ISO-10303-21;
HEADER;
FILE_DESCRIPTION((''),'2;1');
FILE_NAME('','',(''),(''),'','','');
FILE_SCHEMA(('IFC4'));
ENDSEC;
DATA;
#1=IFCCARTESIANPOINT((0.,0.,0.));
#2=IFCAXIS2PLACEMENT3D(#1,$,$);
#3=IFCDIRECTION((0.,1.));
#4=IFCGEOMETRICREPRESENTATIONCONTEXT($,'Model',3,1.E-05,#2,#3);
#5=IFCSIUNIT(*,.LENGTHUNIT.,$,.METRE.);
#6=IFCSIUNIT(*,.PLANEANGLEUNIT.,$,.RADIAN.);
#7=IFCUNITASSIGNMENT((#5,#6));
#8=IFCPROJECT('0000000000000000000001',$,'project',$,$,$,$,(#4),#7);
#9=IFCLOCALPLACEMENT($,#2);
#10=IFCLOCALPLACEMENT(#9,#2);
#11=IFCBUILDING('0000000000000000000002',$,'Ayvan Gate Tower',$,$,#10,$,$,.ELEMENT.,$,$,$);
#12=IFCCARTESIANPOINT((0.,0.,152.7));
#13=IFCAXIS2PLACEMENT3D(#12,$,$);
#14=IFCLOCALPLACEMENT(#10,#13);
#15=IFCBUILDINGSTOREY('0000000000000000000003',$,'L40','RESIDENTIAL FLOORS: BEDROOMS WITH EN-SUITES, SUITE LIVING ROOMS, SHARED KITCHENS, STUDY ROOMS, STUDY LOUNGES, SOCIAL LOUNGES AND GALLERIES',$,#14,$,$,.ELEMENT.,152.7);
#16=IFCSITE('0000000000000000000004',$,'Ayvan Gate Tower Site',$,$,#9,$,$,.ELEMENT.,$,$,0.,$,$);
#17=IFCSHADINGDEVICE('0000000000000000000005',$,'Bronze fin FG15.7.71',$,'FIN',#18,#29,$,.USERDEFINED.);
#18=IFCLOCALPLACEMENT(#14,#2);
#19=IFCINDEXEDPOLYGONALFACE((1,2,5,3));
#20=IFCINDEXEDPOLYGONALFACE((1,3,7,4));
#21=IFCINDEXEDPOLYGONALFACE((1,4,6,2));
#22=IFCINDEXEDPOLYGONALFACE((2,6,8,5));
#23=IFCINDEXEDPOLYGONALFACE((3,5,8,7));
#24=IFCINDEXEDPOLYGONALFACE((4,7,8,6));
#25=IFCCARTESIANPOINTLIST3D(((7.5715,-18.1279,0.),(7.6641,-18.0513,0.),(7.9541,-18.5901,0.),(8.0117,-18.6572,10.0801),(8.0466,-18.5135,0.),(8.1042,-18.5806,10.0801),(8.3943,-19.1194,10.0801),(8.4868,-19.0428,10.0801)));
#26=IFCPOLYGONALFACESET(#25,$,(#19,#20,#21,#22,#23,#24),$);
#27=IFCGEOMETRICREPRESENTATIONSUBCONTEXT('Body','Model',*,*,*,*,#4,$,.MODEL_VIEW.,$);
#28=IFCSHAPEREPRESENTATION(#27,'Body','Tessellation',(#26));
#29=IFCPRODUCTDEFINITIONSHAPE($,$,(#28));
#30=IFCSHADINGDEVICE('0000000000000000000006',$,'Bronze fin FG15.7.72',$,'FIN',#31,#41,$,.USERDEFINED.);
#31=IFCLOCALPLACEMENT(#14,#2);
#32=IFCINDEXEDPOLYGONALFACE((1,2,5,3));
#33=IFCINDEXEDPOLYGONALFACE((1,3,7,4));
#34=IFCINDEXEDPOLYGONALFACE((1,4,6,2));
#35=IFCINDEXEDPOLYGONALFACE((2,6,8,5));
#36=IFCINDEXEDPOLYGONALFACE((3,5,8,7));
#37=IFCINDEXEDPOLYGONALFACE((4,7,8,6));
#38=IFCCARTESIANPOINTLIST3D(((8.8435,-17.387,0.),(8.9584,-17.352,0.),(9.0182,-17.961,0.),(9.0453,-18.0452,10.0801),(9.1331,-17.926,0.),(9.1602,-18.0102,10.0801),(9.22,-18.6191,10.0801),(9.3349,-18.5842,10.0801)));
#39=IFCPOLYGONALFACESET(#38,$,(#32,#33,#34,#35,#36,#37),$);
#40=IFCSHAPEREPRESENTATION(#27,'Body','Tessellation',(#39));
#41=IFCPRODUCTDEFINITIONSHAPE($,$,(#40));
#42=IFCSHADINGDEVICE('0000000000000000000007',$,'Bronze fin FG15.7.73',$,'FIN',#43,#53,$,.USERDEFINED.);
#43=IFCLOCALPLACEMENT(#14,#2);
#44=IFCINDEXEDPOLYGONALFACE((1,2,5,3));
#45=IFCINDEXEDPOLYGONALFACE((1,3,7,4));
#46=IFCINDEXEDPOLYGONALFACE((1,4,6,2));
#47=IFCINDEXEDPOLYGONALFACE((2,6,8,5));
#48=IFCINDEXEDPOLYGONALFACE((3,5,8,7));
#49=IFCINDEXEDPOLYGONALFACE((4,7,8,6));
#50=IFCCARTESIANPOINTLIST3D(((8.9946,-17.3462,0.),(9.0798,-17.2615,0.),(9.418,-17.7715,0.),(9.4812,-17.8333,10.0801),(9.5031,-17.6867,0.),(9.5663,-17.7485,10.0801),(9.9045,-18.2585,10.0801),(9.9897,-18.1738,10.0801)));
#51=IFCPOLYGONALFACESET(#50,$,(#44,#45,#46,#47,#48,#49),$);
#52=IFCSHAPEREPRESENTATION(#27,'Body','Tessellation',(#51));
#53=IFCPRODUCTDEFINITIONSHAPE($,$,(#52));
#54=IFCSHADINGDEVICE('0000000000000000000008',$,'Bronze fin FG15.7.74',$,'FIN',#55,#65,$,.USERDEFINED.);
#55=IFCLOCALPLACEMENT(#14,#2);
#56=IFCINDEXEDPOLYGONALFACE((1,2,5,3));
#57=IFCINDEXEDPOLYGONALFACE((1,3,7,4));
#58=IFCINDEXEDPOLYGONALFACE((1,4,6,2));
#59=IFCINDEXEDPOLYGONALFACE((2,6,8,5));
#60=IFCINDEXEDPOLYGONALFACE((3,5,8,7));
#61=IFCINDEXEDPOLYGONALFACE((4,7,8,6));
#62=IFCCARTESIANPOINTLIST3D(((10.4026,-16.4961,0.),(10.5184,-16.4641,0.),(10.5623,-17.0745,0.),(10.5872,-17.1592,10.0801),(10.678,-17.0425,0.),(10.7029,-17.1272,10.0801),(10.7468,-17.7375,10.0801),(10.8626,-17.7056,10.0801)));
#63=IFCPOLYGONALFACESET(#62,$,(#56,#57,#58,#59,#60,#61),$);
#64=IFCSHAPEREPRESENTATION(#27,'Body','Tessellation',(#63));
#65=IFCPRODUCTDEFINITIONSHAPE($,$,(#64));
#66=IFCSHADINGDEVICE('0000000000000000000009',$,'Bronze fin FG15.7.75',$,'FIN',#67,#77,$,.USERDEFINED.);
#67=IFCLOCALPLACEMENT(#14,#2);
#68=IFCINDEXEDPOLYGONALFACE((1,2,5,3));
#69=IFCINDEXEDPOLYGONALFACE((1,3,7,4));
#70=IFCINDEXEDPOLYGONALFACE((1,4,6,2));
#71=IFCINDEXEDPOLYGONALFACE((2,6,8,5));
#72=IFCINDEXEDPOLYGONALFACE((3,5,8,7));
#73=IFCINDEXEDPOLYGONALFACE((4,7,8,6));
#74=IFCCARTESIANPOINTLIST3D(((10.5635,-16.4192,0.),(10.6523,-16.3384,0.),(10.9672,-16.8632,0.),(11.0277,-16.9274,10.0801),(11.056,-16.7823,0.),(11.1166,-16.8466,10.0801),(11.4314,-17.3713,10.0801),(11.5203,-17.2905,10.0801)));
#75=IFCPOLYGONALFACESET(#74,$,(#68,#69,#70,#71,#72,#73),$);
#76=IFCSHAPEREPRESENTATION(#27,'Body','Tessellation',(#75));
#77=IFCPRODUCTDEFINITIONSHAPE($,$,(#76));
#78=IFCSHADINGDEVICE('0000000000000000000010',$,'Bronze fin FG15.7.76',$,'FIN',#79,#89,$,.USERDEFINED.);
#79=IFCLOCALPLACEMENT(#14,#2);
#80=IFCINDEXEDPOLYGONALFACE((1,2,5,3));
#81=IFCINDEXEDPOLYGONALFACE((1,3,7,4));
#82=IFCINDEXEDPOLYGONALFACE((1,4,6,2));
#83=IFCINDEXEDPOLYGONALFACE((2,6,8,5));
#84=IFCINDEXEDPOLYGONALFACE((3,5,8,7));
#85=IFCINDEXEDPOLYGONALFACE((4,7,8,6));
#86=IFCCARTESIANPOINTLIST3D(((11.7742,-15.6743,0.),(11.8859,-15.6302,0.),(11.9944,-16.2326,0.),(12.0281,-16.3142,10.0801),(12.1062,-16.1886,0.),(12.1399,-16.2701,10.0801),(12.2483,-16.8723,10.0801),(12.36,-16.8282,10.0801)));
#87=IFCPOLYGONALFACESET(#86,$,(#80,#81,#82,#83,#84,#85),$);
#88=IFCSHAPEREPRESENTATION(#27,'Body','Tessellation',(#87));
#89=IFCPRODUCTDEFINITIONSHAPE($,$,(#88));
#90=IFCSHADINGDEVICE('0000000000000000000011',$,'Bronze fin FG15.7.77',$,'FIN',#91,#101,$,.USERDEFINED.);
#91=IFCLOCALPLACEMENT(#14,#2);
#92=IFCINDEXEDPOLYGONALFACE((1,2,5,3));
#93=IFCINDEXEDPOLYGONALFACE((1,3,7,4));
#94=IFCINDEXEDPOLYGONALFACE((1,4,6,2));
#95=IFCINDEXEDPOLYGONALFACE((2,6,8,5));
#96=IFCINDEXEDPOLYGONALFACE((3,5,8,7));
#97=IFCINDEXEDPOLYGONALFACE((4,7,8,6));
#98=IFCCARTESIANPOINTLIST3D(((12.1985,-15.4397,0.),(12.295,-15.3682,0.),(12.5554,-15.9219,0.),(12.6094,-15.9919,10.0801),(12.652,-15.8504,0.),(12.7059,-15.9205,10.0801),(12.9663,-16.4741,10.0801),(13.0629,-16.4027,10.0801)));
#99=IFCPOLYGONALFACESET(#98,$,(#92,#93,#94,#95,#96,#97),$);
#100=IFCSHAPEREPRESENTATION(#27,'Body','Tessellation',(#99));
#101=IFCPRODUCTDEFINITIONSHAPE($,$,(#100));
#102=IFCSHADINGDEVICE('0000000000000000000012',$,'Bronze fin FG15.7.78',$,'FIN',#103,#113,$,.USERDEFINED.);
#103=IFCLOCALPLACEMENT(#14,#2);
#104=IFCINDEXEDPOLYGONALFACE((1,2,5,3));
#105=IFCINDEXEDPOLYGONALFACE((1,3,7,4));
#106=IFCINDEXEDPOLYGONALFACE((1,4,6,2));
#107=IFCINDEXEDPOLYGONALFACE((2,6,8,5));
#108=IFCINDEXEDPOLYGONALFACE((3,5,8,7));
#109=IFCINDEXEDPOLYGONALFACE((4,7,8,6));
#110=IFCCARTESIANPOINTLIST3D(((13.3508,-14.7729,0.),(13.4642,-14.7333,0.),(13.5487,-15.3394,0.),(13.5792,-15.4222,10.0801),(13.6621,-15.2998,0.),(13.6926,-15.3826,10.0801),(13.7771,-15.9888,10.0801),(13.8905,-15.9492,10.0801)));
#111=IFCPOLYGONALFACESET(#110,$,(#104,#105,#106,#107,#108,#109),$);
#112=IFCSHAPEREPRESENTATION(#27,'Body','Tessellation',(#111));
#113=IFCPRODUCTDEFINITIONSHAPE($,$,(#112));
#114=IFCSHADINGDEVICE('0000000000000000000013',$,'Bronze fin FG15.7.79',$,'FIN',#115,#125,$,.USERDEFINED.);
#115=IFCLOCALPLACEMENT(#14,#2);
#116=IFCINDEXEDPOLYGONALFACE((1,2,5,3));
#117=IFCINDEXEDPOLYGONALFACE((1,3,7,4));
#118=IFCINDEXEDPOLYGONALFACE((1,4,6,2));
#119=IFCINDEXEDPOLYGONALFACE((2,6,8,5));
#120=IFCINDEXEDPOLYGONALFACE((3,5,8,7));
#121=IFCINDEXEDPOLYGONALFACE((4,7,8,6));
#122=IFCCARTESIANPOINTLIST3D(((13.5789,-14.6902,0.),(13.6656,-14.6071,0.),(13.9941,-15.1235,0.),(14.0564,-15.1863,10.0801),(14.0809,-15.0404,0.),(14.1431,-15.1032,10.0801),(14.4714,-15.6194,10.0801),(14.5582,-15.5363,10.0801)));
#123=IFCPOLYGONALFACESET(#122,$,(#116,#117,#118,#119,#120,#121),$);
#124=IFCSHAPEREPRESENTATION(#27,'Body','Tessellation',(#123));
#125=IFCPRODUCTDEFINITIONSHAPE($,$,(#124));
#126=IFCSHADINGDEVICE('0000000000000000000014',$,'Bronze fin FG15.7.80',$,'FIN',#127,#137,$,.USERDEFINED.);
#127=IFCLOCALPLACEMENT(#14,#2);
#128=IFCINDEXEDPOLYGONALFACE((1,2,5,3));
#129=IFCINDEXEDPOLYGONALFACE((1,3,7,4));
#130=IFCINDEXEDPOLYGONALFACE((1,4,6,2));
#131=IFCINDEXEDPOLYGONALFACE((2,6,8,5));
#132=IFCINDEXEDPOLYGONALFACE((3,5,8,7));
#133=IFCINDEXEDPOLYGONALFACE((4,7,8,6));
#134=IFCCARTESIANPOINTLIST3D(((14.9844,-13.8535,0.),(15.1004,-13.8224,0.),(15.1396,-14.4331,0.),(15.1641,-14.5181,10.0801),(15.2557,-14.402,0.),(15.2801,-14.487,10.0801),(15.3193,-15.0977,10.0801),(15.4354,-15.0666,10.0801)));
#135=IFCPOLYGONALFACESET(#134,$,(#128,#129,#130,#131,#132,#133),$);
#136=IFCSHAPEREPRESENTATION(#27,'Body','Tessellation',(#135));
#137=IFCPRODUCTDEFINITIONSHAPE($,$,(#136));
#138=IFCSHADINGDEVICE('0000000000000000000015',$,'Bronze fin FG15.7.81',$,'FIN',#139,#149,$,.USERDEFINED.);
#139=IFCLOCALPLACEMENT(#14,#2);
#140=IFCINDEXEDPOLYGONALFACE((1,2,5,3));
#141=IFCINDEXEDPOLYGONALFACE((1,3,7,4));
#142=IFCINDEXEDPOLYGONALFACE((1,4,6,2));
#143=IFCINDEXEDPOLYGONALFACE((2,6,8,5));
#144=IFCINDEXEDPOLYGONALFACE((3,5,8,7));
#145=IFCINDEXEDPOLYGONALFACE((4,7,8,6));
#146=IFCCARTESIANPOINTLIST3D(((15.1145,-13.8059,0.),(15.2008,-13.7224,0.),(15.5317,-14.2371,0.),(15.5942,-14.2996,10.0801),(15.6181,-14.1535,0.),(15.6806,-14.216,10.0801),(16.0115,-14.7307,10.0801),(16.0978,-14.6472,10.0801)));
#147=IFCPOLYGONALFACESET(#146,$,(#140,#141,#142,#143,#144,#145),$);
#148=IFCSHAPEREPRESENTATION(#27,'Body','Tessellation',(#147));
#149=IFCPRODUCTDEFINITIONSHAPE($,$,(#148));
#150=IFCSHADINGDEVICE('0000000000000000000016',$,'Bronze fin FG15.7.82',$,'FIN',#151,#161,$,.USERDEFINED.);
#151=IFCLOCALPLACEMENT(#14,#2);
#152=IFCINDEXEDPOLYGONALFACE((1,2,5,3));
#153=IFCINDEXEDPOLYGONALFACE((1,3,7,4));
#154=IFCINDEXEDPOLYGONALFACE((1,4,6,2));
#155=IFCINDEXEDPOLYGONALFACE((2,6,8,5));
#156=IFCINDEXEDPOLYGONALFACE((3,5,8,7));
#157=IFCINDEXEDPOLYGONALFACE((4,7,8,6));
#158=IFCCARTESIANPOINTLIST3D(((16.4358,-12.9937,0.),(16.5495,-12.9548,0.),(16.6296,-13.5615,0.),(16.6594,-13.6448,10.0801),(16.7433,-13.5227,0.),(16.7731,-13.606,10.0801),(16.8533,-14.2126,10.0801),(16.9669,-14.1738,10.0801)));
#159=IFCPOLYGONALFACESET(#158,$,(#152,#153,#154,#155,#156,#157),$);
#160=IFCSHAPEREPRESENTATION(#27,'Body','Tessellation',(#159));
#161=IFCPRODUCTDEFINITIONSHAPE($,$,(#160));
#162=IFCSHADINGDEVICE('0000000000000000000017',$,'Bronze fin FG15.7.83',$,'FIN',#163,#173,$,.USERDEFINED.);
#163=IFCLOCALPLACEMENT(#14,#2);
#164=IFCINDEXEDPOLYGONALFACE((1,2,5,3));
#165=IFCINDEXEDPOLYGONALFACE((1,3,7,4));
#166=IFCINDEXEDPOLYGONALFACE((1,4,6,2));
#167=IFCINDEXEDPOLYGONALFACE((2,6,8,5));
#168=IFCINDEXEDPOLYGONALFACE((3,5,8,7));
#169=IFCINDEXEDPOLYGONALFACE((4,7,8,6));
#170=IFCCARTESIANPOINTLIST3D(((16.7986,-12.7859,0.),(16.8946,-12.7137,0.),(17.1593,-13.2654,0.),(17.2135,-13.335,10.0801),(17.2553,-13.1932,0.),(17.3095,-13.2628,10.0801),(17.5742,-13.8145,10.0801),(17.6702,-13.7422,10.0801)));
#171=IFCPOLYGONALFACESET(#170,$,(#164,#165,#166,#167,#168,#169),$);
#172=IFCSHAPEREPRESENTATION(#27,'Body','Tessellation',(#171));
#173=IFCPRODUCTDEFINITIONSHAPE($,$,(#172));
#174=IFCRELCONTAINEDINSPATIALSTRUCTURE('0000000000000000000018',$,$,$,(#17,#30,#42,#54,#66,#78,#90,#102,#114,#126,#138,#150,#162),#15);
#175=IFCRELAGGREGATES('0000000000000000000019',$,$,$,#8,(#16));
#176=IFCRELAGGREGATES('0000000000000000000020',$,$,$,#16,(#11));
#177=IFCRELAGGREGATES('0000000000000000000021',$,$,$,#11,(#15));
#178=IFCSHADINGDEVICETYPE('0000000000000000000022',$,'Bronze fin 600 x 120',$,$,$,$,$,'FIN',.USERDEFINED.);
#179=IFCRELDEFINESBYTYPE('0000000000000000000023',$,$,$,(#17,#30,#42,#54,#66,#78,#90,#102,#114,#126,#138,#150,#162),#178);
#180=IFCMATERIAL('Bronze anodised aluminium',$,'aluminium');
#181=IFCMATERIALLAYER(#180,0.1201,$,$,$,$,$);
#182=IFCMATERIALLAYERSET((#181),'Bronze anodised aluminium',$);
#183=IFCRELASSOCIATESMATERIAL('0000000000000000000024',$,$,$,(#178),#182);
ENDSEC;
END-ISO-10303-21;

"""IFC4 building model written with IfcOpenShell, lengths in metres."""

from ifc_helpers import new_model, si_unit, direction, frame, origin, place, context, subcontext, project, spatial, polyline, outline, extrude, material, layer, layer_set, type_object, element, save


model = new_model("IFC4")

# Units and contexts
model_context = context("Model", 3, precision=1e-05, world=origin(), true_north=direction((0.0, 1.0)))
body_context = subcontext(model_context, "Body", "Model", "MODEL_VIEW")
ifc_project = project(units=[si_unit("LENGTHUNIT", "METRE"), si_unit("PLANEANGLEUNIT", "RADIAN")], contexts=[model_context])

# Site, building, storey
site_placement = place(None, origin())
site = spatial("IfcSite", under=ifc_project, at=site_placement, Name="Ayvan Gate Tower Site", CompositionType="ELEMENT", RefElevation=0.0)
building_placement = place(site_placement, origin())
building = spatial("IfcBuilding", under=site, at=building_placement, Name="Ayvan Gate Tower", CompositionType="ELEMENT")
storey_placement = place(building_placement, frame((0.0, 0.0, 152.7)))
storey = spatial("IfcBuildingStorey", under=building, at=storey_placement, Name="L40", Description="RESIDENTIAL FLOORS: BEDROOMS WITH EN-SUITES, SUITE LIVING ROOMS, SHARED KITCHENS, STUDY ROOMS, STUDY LOUNGES, SOCIAL LOUNGES AND GALLERIES", CompositionType="ELEMENT", Elevation=152.7)

# Shared definitions
ifc_material_1 = material(Name="Bronze anodised aluminium", Category="aluminium")

# Shading devices
ifc_layer_1 = layer(ifc_material_1, 0.1201)
ifc_layer_set_1 = layer_set([ifc_layer_1], Name="Bronze anodised aluminium")
shading_device_type = type_object("IfcShadingDeviceType", Name="Bronze fin 600 x 120", ElementType="FIN", PredefinedType="USERDEFINED", material=ifc_layer_set_1)
shading_device_1_placement = place(storey_placement, frame((7.5715, -18.1279, 0.0), z_axis=(-0.770318, -0.637659, 0.000156), x_axis=(0.637659, -0.770319, 0.0)))
element("IfcShadingDevice", 1, at=shading_device_1_placement, inside=storey, type_object=shading_device_type, Name="Bronze fin FG15.7.71", ObjectType="FIN", PredefinedType="USERDEFINED", context=body_context, shape_type="SweptSolid", body=[
    extrude(outline(polyline([(0.0, 0.0), (0.6, 0.0), (1.2884, 10.0801), (0.6884, 10.0801), (0.0, 0.0)])), origin(), (0.0, 0.0, -1.0), 0.1201),
])
shading_device_2_placement = place(storey_placement, frame((8.8435, -17.387, 0.0), z_axis=(-0.956676, -0.291154, 0.000139), x_axis=(0.291154, -0.956676, 0.0)))
element("IfcShadingDevice", 2, at=shading_device_2_placement, inside=storey, type_object=shading_device_type, Name="Bronze fin FG15.7.72", ObjectType="FIN", PredefinedType="USERDEFINED", context=body_context, shape_type="SweptSolid", body=[
    extrude(outline(polyline([(0.0, 0.0), (0.6, 0.0), (1.2884, 10.0801), (0.6885, 10.0801), (0.0, 0.0)])), origin(), (0.0, 0.0, -1.0), 0.1201),
])
shading_device_3_placement = place(storey_placement, frame((8.9946, -17.3462, 0.0), z_axis=(-0.708732, -0.705478, 0.000123), x_axis=(0.705478, -0.708732, 0.0)))
element("IfcShadingDevice", 3, at=shading_device_3_placement, inside=storey, type_object=shading_device_type, Name="Bronze fin FG15.7.73", ObjectType="FIN", PredefinedType="USERDEFINED", context=body_context, shape_type="SweptSolid", body=[
    extrude(outline(polyline([(0.0, 0.0), (0.6001, 0.0), (1.2885, 10.0801), (0.6885, 10.0801), (0.0, 0.0)])), origin(), (0.0, 0.0, -1.0), 0.1201),
])
shading_device_4_placement = place(storey_placement, frame((10.4026, -16.4961, 0.0), z_axis=(-0.963942, -0.266112, 0.000145), x_axis=(0.266112, -0.963942, 0.0)))
element("IfcShadingDevice", 4, at=shading_device_4_placement, inside=storey, type_object=shading_device_type, Name="Bronze fin FG15.7.74", ObjectType="FIN", PredefinedType="USERDEFINED", context=body_context, shape_type="SweptSolid", body=[
    extrude(outline(polyline([(0.0, 0.0), (0.6, 0.0), (1.2883, 10.0801), (0.6883, 10.0801), (0.0, 0.0)])), origin(), (0.0, 0.0, -1.0), 0.1201),
])
shading_device_5_placement = place(storey_placement, frame((10.5635, -16.4192, 0.0), z_axis=(-0.739876, -0.672744, 0.000159), x_axis=(0.672744, -0.739876, 0.0)))
element("IfcShadingDevice", 5, at=shading_device_5_placement, inside=storey, type_object=shading_device_type, Name="Bronze fin FG15.7.75", ObjectType="FIN", PredefinedType="USERDEFINED", context=body_context, shape_type="SweptSolid", body=[
    extrude(outline(polyline([(0.0, 0.0), (0.6001, 0.0), (1.2884, 10.0801), (0.6883, 10.0801), (0.0, 0.0)])), origin(), (0.0, 0.0, -1.0), 0.1201),
])
shading_device_6_placement = place(storey_placement, frame((11.7742, -15.6743, 0.0), z_axis=(-0.930234, -0.366967, 0.000141), x_axis=(0.366967, -0.930234, 0.0)))
element("IfcShadingDevice", 6, at=shading_device_6_placement, inside=storey, type_object=shading_device_type, Name="Bronze fin FG15.7.76", ObjectType="FIN", PredefinedType="USERDEFINED", context=body_context, shape_type="SweptSolid", body=[
    extrude(outline(polyline([(0.0, 0.0), (0.6002, 0.0), (1.2884, 10.0801), (0.6884, 10.0801), (0.0, 0.0)])), origin(), (0.0, 0.0, -1.0), 0.1201),
])
shading_device_7_placement = place(storey_placement, frame((12.1985, -15.4397, 0.0), z_axis=(-0.803745, -0.594974, 0.000166), x_axis=(0.594974, -0.803745, 0.0)))
element("IfcShadingDevice", 7, at=shading_device_7_placement, inside=storey, type_object=shading_device_type, Name="Bronze fin FG15.7.77", ObjectType="FIN", PredefinedType="USERDEFINED", context=body_context, shape_type="SweptSolid", body=[
    extrude(outline(polyline([(0.0, 0.0), (0.5999, 0.0), (1.2882, 10.0801), (0.6883, 10.0801), (0.0, 0.0)])), origin(), (0.0, 0.0, -1.0), 0.1201),
])
shading_device_8_placement = place(storey_placement, frame((13.3508, -14.7729, 0.0), z_axis=(-0.944071, -0.329743, 0.000151), x_axis=(0.329743, -0.944071, 0.0)))
element("IfcShadingDevice", 8, at=shading_device_8_placement, inside=storey, type_object=shading_device_type, Name="Bronze fin FG15.7.78", ObjectType="FIN", PredefinedType="USERDEFINED", context=body_context, shape_type="SweptSolid", body=[
    extrude(outline(polyline([(0.0, 0.0), (0.6, 0.0), (1.2884, 10.0801), (0.6882, 10.0801), (0.0, 0.0)])), origin(), (0.0, 0.0, -1.0), 0.1201),
])
shading_device_9_placement = place(storey_placement, frame((13.5789, -14.6902, 0.0), z_axis=(-0.722001, -0.691892, 0.000152), x_axis=(0.691892, -0.722001, 0.0)))
element("IfcShadingDevice", 9, at=shading_device_9_placement, inside=storey, type_object=shading_device_type, Name="Bronze fin FG15.7.79", ObjectType="FIN", PredefinedType="USERDEFINED", context=body_context, shape_type="SweptSolid", body=[
    extrude(outline(polyline([(0.0, 0.0), (0.6002, 0.0), (1.2885, 10.0801), (0.6886, 10.0801), (0.0, 0.0)])), origin(), (0.0, 0.0, -1.0), 0.1201),
])
shading_device_10_placement = place(storey_placement, frame((14.9844, -13.8535, 0.0), z_axis=(-0.965937, -0.258777, 0.000158), x_axis=(0.258777, -0.965937, 0.0)))
element("IfcShadingDevice", 10, at=shading_device_10_placement, inside=storey, type_object=shading_device_type, Name="Bronze fin FG15.7.80", ObjectType="FIN", PredefinedType="USERDEFINED", context=body_context, shape_type="SweptSolid", body=[
    extrude(outline(polyline([(0.0, 0.0), (0.6, 0.0), (1.2884, 10.0801), (0.6884, 10.0801), (0.0, 0.0)])), origin(), (0.0, 0.0, -1.0), 0.1201),
])
shading_device_11_placement = place(storey_placement, frame((15.1145, -13.8059, 0.0), z_axis=(-0.718609, -0.695415, 0.000144), x_axis=(0.695415, -0.718609, 0.0)))
element("IfcShadingDevice", 11, at=shading_device_11_placement, inside=storey, type_object=shading_device_type, Name="Bronze fin FG15.7.81", ObjectType="FIN", PredefinedType="USERDEFINED", context=body_context, shape_type="SweptSolid", body=[
    extrude(outline(polyline([(0.0, 0.0), (0.6, 0.0), (1.2883, 10.0801), (0.6884, 10.0801), (0.0, 0.0)])), origin(), (0.0, 0.0, -1.0), 0.1201),
])
shading_device_12_placement = place(storey_placement, frame((16.4358, -12.9937, 0.0), z_axis=(-0.94638, -0.323055, 0.000128), x_axis=(0.323055, -0.94638, 0.0)))
element("IfcShadingDevice", 12, at=shading_device_12_placement, inside=storey, type_object=shading_device_type, Name="Bronze fin FG15.7.82", ObjectType="FIN", PredefinedType="USERDEFINED", context=body_context, shape_type="SweptSolid", body=[
    extrude(outline(polyline([(0.0, 0.0), (0.6, 0.0), (1.2885, 10.0801), (0.6885, 10.0801), (0.0, 0.0)])), origin(), (0.0, 0.0, -1.0), 0.1201),
])
shading_device_13_placement = place(storey_placement, frame((16.7986, -12.7859, 0.0), z_axis=(-0.79912, -0.601171, 0.000147), x_axis=(0.601171, -0.79912, 0.0)))
element("IfcShadingDevice", 13, at=shading_device_13_placement, inside=storey, type_object=shading_device_type, Name="Bronze fin FG15.7.83", ObjectType="FIN", PredefinedType="USERDEFINED", context=body_context, shape_type="SweptSolid", body=[
    extrude(outline(polyline([(0.0, 0.0), (0.6001, 0.0), (1.2882, 10.0801), (0.6883, 10.0801), (0.0, 0.0)])), origin(), (0.0, 0.0, -1.0), 0.1201),
])

save(model, "model.ifc")
